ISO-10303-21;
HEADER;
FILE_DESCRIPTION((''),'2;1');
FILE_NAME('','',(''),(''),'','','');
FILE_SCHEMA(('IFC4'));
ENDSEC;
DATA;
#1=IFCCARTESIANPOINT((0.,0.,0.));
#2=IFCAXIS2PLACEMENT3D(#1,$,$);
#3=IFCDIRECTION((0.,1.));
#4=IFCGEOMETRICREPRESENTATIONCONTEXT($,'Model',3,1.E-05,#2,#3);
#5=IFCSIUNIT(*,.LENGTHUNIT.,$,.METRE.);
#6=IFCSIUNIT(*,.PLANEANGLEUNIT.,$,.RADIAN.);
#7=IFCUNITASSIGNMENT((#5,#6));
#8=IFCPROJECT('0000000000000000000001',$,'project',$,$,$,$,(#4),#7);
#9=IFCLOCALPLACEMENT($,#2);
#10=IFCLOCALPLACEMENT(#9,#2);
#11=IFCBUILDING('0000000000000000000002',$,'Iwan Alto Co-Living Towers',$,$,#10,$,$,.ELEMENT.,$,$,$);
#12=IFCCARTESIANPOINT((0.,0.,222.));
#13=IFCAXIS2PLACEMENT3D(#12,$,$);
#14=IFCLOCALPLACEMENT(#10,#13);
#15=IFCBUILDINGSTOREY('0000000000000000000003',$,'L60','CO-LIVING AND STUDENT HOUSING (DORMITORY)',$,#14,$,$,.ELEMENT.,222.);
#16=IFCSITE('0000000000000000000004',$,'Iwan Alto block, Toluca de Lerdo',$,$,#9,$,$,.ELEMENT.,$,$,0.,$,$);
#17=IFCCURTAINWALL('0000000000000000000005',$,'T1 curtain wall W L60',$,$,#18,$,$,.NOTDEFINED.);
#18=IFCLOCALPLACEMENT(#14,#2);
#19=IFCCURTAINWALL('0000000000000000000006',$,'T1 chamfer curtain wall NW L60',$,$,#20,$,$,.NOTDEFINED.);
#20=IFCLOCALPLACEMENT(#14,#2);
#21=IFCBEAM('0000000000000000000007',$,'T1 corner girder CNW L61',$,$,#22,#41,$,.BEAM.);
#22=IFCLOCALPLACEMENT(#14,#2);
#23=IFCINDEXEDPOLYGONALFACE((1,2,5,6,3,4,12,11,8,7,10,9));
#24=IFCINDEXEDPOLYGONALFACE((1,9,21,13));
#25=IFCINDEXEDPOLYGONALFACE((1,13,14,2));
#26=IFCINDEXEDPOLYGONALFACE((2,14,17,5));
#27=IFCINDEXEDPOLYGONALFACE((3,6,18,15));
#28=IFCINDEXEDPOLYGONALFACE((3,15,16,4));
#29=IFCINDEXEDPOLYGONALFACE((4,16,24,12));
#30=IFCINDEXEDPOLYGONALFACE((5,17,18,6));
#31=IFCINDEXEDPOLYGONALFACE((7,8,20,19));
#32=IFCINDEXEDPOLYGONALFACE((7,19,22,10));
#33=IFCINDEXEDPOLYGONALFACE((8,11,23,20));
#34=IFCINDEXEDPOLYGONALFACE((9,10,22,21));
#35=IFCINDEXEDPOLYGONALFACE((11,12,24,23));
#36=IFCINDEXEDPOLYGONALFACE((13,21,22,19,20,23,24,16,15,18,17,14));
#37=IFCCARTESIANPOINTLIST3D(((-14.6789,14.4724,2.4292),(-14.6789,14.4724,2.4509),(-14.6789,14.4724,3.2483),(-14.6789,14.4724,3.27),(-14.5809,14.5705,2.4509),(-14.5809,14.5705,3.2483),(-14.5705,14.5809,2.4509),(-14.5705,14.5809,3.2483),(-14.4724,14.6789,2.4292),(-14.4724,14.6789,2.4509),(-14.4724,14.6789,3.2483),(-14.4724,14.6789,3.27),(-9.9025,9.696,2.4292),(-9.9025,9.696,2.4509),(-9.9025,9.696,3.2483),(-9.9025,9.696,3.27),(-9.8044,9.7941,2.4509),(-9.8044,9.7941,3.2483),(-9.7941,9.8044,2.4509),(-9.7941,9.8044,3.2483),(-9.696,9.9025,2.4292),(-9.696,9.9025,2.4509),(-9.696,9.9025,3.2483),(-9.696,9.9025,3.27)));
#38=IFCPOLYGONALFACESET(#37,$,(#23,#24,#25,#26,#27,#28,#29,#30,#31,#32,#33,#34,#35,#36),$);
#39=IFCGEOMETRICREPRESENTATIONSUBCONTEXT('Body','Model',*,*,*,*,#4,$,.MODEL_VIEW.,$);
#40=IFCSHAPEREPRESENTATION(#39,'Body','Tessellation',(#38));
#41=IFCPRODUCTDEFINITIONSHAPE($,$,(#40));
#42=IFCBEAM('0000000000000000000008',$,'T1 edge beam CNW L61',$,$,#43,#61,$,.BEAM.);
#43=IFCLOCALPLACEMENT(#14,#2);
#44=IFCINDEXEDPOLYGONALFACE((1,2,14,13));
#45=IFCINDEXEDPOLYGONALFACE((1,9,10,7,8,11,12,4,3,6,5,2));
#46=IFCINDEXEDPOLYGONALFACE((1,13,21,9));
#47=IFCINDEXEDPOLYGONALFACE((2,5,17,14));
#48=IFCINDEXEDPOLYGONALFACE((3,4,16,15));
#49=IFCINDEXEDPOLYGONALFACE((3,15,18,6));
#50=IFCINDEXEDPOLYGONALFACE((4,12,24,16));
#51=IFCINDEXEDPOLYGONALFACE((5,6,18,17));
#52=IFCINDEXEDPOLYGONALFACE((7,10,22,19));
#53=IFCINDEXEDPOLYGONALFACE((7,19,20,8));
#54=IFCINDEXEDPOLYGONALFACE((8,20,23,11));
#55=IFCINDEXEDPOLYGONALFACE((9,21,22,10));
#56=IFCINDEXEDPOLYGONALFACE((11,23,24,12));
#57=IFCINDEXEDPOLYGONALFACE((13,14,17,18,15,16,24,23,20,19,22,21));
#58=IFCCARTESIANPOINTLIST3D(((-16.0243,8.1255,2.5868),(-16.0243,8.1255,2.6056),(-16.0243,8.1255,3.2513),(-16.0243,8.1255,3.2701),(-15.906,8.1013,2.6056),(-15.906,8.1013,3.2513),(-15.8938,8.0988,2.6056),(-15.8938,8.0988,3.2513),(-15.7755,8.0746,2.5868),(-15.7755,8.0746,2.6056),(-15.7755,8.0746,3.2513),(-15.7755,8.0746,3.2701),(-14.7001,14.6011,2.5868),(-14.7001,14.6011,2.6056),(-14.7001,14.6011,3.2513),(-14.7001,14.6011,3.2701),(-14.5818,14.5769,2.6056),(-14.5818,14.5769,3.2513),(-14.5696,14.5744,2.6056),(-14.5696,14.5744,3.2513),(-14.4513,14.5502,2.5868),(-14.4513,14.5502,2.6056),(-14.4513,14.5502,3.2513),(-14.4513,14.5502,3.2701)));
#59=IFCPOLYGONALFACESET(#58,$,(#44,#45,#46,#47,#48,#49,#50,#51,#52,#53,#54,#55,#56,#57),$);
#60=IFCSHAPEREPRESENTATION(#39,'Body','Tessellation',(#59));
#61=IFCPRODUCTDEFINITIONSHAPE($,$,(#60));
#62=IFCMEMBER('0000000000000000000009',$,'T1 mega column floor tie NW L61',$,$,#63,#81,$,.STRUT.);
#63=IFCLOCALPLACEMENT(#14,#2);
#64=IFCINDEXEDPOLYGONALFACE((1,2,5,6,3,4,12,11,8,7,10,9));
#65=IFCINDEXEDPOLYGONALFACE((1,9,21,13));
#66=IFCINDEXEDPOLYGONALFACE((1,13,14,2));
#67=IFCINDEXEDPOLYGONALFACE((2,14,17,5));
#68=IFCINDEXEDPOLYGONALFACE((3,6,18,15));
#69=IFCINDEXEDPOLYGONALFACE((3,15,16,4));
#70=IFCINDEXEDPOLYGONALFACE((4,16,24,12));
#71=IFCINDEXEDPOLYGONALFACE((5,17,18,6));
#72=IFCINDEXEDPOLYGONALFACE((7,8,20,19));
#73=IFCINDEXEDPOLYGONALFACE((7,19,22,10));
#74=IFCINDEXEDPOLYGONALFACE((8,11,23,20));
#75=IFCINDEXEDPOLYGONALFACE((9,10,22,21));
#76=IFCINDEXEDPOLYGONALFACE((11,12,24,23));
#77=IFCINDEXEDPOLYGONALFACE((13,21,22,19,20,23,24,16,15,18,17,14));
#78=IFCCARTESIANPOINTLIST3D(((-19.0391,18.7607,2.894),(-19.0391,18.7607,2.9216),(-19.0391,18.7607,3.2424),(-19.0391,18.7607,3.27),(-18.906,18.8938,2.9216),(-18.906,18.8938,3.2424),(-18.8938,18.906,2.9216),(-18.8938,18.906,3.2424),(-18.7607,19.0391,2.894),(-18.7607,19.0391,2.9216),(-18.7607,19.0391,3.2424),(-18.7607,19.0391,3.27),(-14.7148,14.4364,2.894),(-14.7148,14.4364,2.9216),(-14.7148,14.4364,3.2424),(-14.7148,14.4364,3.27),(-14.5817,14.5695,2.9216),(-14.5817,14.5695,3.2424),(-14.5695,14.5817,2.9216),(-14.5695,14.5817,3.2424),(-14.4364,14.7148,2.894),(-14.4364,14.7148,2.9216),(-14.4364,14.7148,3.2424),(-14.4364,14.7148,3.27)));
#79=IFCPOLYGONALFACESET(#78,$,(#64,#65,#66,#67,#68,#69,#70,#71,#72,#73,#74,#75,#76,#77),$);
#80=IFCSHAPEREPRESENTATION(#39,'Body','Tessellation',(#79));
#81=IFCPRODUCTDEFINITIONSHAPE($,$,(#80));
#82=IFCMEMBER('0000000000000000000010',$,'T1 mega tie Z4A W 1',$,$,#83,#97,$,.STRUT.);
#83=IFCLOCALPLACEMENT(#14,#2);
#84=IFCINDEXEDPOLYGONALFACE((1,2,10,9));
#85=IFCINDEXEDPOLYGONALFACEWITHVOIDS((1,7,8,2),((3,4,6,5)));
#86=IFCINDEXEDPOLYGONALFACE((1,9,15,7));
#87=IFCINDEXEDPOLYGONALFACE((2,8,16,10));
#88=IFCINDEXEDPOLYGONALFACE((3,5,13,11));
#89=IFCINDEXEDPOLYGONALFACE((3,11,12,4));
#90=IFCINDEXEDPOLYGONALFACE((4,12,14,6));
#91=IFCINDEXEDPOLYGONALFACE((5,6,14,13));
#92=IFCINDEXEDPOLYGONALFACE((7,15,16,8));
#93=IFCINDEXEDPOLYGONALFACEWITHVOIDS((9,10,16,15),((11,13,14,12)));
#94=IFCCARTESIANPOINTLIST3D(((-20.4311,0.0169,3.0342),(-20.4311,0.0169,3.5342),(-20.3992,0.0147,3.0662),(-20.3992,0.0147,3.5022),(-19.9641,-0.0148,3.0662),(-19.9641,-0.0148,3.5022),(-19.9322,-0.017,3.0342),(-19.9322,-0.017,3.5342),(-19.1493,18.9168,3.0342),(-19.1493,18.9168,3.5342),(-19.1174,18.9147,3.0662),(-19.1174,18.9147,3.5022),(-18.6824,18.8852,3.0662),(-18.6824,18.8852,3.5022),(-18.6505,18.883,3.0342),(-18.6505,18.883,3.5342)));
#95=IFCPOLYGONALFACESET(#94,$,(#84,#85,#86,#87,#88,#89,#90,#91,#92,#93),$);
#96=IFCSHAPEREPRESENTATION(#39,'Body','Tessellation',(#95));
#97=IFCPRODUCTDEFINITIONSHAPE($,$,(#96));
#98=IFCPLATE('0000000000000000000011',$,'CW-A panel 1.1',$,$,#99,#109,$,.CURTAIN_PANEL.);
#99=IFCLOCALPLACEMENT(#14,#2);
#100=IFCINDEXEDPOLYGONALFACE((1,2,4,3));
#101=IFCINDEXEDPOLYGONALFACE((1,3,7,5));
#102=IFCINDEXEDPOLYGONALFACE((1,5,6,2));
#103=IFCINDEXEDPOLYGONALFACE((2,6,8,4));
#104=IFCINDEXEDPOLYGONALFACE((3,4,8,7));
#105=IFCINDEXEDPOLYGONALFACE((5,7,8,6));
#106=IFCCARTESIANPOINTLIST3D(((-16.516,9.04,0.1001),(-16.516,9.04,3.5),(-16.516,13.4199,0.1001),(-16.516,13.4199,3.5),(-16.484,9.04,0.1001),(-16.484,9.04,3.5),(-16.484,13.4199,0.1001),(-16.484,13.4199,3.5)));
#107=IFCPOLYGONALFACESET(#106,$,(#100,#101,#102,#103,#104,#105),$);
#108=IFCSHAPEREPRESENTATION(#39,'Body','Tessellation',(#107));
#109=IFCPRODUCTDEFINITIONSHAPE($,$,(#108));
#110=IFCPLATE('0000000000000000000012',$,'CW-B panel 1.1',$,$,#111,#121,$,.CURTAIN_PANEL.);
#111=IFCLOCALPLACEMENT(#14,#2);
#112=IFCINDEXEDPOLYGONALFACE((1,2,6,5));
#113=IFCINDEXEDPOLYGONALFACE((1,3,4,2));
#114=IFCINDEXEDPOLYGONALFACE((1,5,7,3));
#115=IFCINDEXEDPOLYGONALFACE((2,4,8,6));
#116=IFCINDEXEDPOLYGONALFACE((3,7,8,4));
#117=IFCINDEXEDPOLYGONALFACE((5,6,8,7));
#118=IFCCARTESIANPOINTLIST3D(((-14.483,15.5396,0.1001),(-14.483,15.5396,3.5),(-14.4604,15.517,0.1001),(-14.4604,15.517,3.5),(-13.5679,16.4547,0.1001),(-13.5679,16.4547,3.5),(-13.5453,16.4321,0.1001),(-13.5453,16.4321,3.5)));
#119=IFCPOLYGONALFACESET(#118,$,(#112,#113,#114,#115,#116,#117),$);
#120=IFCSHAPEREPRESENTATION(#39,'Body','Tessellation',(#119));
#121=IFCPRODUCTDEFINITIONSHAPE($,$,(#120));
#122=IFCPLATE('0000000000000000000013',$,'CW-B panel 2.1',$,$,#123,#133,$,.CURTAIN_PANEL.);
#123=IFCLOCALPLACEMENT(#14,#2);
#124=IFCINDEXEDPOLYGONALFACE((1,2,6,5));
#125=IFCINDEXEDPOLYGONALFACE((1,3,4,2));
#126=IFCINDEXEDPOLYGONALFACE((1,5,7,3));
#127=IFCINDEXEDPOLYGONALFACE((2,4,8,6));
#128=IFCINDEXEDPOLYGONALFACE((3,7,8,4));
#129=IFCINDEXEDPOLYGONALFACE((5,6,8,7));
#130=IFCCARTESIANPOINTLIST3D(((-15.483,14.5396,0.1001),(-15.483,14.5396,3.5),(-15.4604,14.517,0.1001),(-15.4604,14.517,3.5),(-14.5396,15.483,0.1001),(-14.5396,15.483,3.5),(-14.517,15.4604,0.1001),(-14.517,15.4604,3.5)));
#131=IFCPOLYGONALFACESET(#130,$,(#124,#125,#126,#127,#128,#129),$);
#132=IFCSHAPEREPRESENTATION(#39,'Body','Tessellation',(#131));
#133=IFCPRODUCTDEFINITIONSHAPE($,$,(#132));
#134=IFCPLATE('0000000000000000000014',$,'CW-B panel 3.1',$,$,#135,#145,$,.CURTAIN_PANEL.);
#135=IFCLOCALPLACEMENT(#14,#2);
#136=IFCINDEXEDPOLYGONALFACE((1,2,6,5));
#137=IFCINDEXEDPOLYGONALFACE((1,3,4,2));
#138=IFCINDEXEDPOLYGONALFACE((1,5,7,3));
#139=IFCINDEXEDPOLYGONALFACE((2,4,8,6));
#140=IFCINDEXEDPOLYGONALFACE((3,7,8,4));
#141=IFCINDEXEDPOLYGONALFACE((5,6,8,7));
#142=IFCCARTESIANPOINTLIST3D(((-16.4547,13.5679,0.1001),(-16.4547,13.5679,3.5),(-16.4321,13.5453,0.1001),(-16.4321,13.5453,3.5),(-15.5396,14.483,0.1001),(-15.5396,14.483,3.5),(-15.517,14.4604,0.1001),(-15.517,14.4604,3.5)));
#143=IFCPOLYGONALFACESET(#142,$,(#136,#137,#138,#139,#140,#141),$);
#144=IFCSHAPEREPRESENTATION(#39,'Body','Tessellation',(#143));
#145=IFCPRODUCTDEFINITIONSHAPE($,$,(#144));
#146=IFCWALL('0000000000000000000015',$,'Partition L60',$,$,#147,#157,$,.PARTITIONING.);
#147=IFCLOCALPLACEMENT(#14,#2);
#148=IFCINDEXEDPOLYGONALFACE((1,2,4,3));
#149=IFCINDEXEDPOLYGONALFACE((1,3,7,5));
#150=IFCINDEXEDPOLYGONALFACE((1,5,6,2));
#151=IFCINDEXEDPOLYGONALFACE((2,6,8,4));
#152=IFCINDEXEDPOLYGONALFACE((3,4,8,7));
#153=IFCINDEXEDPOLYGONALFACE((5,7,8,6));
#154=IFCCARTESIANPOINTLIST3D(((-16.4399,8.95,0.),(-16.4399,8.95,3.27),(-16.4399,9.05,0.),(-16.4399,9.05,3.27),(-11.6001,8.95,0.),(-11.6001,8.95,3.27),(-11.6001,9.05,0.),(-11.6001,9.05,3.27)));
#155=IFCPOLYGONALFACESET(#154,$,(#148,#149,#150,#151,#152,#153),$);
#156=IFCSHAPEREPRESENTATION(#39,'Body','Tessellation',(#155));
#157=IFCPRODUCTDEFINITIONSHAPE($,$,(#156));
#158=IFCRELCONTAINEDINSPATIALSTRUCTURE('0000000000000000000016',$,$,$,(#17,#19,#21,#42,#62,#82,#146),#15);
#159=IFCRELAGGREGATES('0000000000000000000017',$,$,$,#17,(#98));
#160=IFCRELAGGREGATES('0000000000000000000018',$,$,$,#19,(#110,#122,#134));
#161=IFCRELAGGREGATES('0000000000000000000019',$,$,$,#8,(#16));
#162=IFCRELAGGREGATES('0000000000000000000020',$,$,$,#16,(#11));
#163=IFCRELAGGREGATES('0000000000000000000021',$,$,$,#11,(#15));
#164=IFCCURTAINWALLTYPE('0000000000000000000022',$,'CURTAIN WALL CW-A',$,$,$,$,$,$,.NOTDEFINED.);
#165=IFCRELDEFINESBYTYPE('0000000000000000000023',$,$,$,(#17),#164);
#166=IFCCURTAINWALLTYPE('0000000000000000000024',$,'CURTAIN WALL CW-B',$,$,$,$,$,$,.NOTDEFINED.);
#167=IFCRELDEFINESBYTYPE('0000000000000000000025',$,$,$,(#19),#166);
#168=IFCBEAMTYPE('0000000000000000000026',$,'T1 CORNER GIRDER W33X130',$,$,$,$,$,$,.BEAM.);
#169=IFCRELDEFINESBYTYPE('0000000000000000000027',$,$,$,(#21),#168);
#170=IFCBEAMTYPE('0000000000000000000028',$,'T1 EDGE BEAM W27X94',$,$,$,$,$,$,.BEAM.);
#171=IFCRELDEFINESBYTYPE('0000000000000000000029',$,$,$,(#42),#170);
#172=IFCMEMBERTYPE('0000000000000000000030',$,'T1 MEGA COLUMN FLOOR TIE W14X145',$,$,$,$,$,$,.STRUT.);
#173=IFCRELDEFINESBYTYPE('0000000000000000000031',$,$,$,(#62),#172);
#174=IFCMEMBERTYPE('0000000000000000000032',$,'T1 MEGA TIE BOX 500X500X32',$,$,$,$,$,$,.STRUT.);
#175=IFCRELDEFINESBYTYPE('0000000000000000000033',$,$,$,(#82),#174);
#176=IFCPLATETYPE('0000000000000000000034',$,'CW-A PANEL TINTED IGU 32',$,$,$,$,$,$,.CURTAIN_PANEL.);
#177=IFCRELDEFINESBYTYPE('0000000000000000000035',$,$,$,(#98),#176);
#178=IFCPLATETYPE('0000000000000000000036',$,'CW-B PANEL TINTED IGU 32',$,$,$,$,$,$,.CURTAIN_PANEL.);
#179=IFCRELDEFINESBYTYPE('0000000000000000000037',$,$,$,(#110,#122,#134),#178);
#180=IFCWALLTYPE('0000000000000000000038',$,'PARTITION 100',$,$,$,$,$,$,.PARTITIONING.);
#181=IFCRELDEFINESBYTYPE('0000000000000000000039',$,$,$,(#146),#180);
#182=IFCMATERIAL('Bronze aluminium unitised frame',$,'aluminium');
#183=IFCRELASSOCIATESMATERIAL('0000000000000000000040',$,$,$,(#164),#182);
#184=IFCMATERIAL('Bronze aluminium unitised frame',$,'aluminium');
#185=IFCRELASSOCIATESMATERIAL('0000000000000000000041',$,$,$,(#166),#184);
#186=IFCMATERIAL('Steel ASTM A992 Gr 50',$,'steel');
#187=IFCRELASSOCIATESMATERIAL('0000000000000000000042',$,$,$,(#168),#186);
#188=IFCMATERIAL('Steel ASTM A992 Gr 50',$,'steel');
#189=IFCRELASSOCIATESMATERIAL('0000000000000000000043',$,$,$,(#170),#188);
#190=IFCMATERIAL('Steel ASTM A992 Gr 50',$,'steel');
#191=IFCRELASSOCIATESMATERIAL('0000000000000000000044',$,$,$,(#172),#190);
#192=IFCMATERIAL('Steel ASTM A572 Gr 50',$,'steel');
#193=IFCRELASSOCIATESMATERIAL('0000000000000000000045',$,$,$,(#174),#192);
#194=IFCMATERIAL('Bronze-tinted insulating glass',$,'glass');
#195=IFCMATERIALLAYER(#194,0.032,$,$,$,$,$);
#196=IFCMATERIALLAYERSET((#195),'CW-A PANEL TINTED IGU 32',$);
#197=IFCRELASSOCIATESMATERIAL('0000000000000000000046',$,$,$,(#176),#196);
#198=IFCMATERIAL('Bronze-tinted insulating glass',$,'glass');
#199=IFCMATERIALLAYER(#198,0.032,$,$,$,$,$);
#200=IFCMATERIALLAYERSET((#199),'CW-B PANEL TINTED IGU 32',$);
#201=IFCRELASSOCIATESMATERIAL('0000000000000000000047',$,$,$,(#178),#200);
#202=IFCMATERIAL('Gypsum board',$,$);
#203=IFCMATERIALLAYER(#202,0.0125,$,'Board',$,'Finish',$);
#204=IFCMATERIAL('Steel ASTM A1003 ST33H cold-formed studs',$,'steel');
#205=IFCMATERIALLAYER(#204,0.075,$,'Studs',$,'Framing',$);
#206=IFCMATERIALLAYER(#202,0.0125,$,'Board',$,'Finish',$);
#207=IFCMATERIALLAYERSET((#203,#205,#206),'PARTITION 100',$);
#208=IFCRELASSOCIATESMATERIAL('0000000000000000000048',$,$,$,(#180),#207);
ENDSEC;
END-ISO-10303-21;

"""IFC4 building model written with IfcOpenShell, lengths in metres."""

from ifc_helpers import new_model, si_unit, direction, frame, frame_2d, origin, origin_2d, place, context, subcontext, project, spatial, rectangle, hollow_rectangle, i_section, extrude, material, layer, layer_set, material_profile, profile_set, type_object, element, aggregate, save


model = new_model("IFC4")

# Units and contexts
model_context = context("Model", 3, precision=1e-05, world=origin(), true_north=direction((0.0, 1.0)))
body_context = subcontext(model_context, "Body", "Model", "MODEL_VIEW")
ifc_project = project(units=[si_unit("LENGTHUNIT", "METRE"), si_unit("PLANEANGLEUNIT", "RADIAN")], contexts=[model_context])

# Site, building, storey
site_placement = place(None, origin())
site = spatial("IfcSite", under=ifc_project, at=site_placement, Name="Iwan Alto block, Toluca de Lerdo", CompositionType="ELEMENT", RefElevation=0.0)
building_placement = place(site_placement, origin())
building = spatial("IfcBuilding", under=site, at=building_placement, Name="Iwan Alto Co-Living Towers", CompositionType="ELEMENT")
storey_placement = place(building_placement, frame((0.0, 0.0, 222.0)))
storey = spatial("IfcBuildingStorey", under=building, at=storey_placement, Name="L60", Description="CO-LIVING AND STUDENT HOUSING (DORMITORY)", CompositionType="ELEMENT", Elevation=222.0)

# Curtain walls
ifc_material_1 = material(Name="Bronze aluminium unitised frame", Category="aluminium")
curtain_wall_type_1 = type_object("IfcCurtainWallType", Name="CURTAIN WALL CW-A", PredefinedType="NOTDEFINED", material=ifc_material_1)
curtain_wall_1_placement = place(storey_placement, origin())
curtain_wall_1 = element("IfcCurtainWall", 1, at=curtain_wall_1_placement, inside=storey, type_object=curtain_wall_type_1, Name="T1 curtain wall W L60", PredefinedType="NOTDEFINED")
ifc_material_2 = material(Name="Bronze aluminium unitised frame", Category="aluminium")
curtain_wall_type_2 = type_object("IfcCurtainWallType", Name="CURTAIN WALL CW-B", PredefinedType="NOTDEFINED", material=ifc_material_2)
curtain_wall_2_placement = place(storey_placement, origin())
curtain_wall_2 = element("IfcCurtainWall", 2, at=curtain_wall_2_placement, inside=storey, type_object=curtain_wall_type_2, Name="T1 chamfer curtain wall NW L60", PredefinedType="NOTDEFINED")

# Beams
ifc_material_3 = material(Name="Steel ASTM A992 Gr 50", Category="steel")
ifc_material_profile_1 = material_profile(ifc_material_3, i_section(OverallWidth=0.292, OverallDepth=0.8408, WebThickness=0.0146, FlangeThickness=0.0217, at=origin_2d()), Name="W33X130")
ifc_profile_set_1 = profile_set([ifc_material_profile_1], Name="Steel ASTM A992 Gr 50")
beam_type_1 = type_object("IfcBeamType", Name="T1 CORNER GIRDER W33X130", PredefinedType="BEAM", material=ifc_profile_set_1)
beam_1_placement = place(storey_placement, frame((-14.5757, 14.5757, 2.8496), z_axis=(0.707107, -0.707107, 0.0), x_axis=(0.707107, 0.707107, 0.0)))
element("IfcBeam", 3, at=beam_1_placement, inside=storey, type_object=beam_type_1, Name="T1 corner girder CNW L61", PredefinedType="BEAM", context=body_context, shape_type="SweptSolid", body=[
    extrude(i_section(OverallWidth=0.292, OverallDepth=0.8408, WebThickness=0.0146, FlangeThickness=0.0217, at=origin_2d()), origin(), (0.0, 0.0, 1.0), 6.7549),
])
ifc_material_4 = material(Name="Steel ASTM A992 Gr 50", Category="steel")
ifc_material_profile_2 = material_profile(ifc_material_4, i_section(OverallWidth=0.2539, OverallDepth=0.6833, WebThickness=0.0125, FlangeThickness=0.0188, at=origin_2d()), Name="W27X94")
ifc_profile_set_2 = profile_set([ifc_material_profile_2], Name="Steel ASTM A992 Gr 50")
beam_type_2 = type_object("IfcBeamType", Name="T1 EDGE BEAM W27X94", PredefinedType="BEAM", material=ifc_profile_set_2)
beam_2_placement = place(storey_placement, frame((-14.5757, 14.5757, 2.9285), z_axis=(-0.200348, -0.979725, 0.0), x_axis=(0.979725, -0.200348, 0.0)))
element("IfcBeam", 4, at=beam_2_placement, inside=storey, type_object=beam_type_2, Name="T1 edge beam CNW L61", PredefinedType="BEAM", context=body_context, shape_type="SweptSolid", body=[
    extrude(i_section(OverallWidth=0.2539, OverallDepth=0.6833, WebThickness=0.0125, FlangeThickness=0.0188, at=origin_2d()), origin(), (0.0, 0.0, 1.0), 6.6096),
])

# Members
ifc_material_5 = material(Name="Steel ASTM A992 Gr 50", Category="steel")
ifc_material_profile_3 = material_profile(ifc_material_5, i_section(OverallWidth=0.3938, OverallDepth=0.376, WebThickness=0.0173, FlangeThickness=0.0276, at=origin_2d()), Name="W14X145")
ifc_profile_set_3 = profile_set([ifc_material_profile_3], Name="Steel ASTM A992 Gr 50")
member_type_1 = type_object("IfcMemberType", Name="T1 MEGA COLUMN FLOOR TIE W14X145", PredefinedType="STRUT", material=ifc_profile_set_3)
member_1_placement = place(storey_placement, frame((-18.8999, 18.8999, 3.082), z_axis=(0.707107, -0.707107, 0.0), x_axis=(0.707107, 0.707107, 0.0)))
element("IfcMember", 5, at=member_1_placement, inside=storey, type_object=member_type_1, Name="T1 mega column floor tie NW L61", PredefinedType="STRUT", context=body_context, shape_type="SweptSolid", body=[
    extrude(i_section(OverallWidth=0.3938, OverallDepth=0.376, WebThickness=0.0173, FlangeThickness=0.0276, at=origin_2d()), origin(), (0.0, 0.0, 1.0), 6.1155),
])
ifc_material_6 = material(Name="Steel ASTM A572 Gr 50", Category="steel")
ifc_material_profile_4 = material_profile(ifc_material_6, hollow_rectangle(XDim=0.5, YDim=0.5, WallThickness=0.032, at=origin_2d()), Name="BOX 500X500X32")
ifc_profile_set_4 = profile_set([ifc_material_profile_4], Name="Steel ASTM A572 Gr 50")
member_type_2 = type_object("IfcMemberType", Name="T1 MEGA TIE BOX 500X500X32", PredefinedType="STRUT", material=ifc_profile_set_4)
member_2_placement = place(storey_placement, frame((-18.8999, 18.8999, 3.2842), z_axis=(-0.067662, -0.997708, 0.0), x_axis=(0.997708, -0.067662, 0.0)))
element("IfcMember", 6, at=member_2_placement, inside=storey, type_object=member_type_2, Name="T1 mega tie Z4A W 1", PredefinedType="STRUT", context=body_context, shape_type="SweptSolid", body=[
    extrude(hollow_rectangle(XDim=0.5, YDim=0.5, WallThickness=0.032, at=origin_2d()), origin(), (0.0, 0.0, 1.0), 18.9434),
])

# Plates
ifc_material_7 = material(Name="Bronze-tinted insulating glass", Category="glass")
ifc_layer_1 = layer(ifc_material_7, 0.032)
ifc_layer_set_1 = layer_set([ifc_layer_1], Name="CW-A PANEL TINTED IGU 32")
plate_type_1 = type_object("IfcPlateType", Name="CW-A PANEL TINTED IGU 32", PredefinedType="CURTAIN_PANEL", material=ifc_layer_set_1)
plate_1_placement = place(storey_placement, frame((-16.5, 11.23, 0.1001), z_axis=(0.0, 0.0, 1.0), x_axis=(0.0, -1.0, 0.0)))
plate_1 = element("IfcPlate", 7, at=plate_1_placement, type_object=plate_type_1, Name="CW-A panel 1.1", PredefinedType="CURTAIN_PANEL", context=body_context, shape_type="SweptSolid", body=[
    extrude(rectangle(XDim=4.3799, YDim=0.032, at=origin_2d()), origin(), (0.0, 0.0, 1.0), 3.3999),
])
aggregate(curtain_wall_1, [plate_1])
ifc_material_8 = material(Name="Bronze-tinted insulating glass", Category="glass")
ifc_layer_2 = layer(ifc_material_8, 0.032)
ifc_layer_set_2 = layer_set([ifc_layer_2], Name="CW-B PANEL TINTED IGU 32")
plate_type_2 = type_object("IfcPlateType", Name="CW-B PANEL TINTED IGU 32", PredefinedType="CURTAIN_PANEL", material=ifc_layer_set_2)
plate_2_placement = place(storey_placement, frame((-14.0142, 15.9858, 0.1001), z_axis=(0.0, 0.0, 1.0), x_axis=(-0.707107, -0.707107, 0.0)))
plate_2 = element("IfcPlate", 8, at=plate_2_placement, type_object=plate_type_2, Name="CW-B panel 1.1", PredefinedType="CURTAIN_PANEL", context=body_context, shape_type="SweptSolid", body=[
    extrude(rectangle(XDim=1.2942, YDim=0.032, at=origin_2d()), origin(), (0.0, 0.0, 1.0), 3.3999),
])
plate_3_placement = place(storey_placement, frame((-15.0, 15.0, 0.1001), z_axis=(0.0, 0.0, 1.0), x_axis=(-0.707107, -0.707107, 0.0)))
plate_3 = element("IfcPlate", 9, at=plate_3_placement, type_object=plate_type_2, Name="CW-B panel 2.1", PredefinedType="CURTAIN_PANEL", context=body_context, shape_type="SweptSolid", body=[
    extrude(rectangle(XDim=1.3342, YDim=0.032, at=origin_2d()), origin(), (0.0, 0.0, 1.0), 3.3999),
])
plate_4_placement = place(storey_placement, frame((-15.9858, 14.0142, 0.1001), z_axis=(0.0, 0.0, 1.0), x_axis=(-0.707107, -0.707107, 0.0)))
plate_4 = element("IfcPlate", 10, at=plate_4_placement, type_object=plate_type_2, Name="CW-B panel 3.1", PredefinedType="CURTAIN_PANEL", context=body_context, shape_type="SweptSolid", body=[
    extrude(rectangle(XDim=1.2942, YDim=0.032, at=origin_2d()), origin(), (0.0, 0.0, 1.0), 3.3999),
])
aggregate(curtain_wall_2, [plate_2, plate_3, plate_4])

# Wall
ifc_material_9 = material(Name="Gypsum board")
ifc_layer_3 = layer(ifc_material_9, 0.0125, Name="Board", Category="Finish")
ifc_material_10 = material(Name="Steel ASTM A1003 ST33H cold-formed studs", Category="steel")
ifc_layer_4 = layer(ifc_material_10, 0.075, Name="Studs", Category="Framing")
ifc_layer_5 = layer(ifc_material_9, 0.0125, Name="Board", Category="Finish")
ifc_layer_set_3 = layer_set([ifc_layer_3, ifc_layer_4, ifc_layer_5], Name="PARTITION 100")
wall_type = type_object("IfcWallType", Name="PARTITION 100", PredefinedType="PARTITIONING", material=ifc_layer_set_3)
wall_placement = place(storey_placement, frame((-16.4399, 9.0, 0.0), z_axis=(0.0, 0.0, 1.0), x_axis=(1.0, 0.0, 0.0)))
element("IfcWall", 11, at=wall_placement, inside=storey, type_object=wall_type, Name="Partition L60", PredefinedType="PARTITIONING", context=body_context, shape_type="SweptSolid", body=[
    extrude(rectangle(XDim=4.8398, YDim=0.1001, at=frame_2d((2.4199, 0.0))), origin(), (0.0, 0.0, 1.0), 3.27),
])

save(model, "model.ifc")
